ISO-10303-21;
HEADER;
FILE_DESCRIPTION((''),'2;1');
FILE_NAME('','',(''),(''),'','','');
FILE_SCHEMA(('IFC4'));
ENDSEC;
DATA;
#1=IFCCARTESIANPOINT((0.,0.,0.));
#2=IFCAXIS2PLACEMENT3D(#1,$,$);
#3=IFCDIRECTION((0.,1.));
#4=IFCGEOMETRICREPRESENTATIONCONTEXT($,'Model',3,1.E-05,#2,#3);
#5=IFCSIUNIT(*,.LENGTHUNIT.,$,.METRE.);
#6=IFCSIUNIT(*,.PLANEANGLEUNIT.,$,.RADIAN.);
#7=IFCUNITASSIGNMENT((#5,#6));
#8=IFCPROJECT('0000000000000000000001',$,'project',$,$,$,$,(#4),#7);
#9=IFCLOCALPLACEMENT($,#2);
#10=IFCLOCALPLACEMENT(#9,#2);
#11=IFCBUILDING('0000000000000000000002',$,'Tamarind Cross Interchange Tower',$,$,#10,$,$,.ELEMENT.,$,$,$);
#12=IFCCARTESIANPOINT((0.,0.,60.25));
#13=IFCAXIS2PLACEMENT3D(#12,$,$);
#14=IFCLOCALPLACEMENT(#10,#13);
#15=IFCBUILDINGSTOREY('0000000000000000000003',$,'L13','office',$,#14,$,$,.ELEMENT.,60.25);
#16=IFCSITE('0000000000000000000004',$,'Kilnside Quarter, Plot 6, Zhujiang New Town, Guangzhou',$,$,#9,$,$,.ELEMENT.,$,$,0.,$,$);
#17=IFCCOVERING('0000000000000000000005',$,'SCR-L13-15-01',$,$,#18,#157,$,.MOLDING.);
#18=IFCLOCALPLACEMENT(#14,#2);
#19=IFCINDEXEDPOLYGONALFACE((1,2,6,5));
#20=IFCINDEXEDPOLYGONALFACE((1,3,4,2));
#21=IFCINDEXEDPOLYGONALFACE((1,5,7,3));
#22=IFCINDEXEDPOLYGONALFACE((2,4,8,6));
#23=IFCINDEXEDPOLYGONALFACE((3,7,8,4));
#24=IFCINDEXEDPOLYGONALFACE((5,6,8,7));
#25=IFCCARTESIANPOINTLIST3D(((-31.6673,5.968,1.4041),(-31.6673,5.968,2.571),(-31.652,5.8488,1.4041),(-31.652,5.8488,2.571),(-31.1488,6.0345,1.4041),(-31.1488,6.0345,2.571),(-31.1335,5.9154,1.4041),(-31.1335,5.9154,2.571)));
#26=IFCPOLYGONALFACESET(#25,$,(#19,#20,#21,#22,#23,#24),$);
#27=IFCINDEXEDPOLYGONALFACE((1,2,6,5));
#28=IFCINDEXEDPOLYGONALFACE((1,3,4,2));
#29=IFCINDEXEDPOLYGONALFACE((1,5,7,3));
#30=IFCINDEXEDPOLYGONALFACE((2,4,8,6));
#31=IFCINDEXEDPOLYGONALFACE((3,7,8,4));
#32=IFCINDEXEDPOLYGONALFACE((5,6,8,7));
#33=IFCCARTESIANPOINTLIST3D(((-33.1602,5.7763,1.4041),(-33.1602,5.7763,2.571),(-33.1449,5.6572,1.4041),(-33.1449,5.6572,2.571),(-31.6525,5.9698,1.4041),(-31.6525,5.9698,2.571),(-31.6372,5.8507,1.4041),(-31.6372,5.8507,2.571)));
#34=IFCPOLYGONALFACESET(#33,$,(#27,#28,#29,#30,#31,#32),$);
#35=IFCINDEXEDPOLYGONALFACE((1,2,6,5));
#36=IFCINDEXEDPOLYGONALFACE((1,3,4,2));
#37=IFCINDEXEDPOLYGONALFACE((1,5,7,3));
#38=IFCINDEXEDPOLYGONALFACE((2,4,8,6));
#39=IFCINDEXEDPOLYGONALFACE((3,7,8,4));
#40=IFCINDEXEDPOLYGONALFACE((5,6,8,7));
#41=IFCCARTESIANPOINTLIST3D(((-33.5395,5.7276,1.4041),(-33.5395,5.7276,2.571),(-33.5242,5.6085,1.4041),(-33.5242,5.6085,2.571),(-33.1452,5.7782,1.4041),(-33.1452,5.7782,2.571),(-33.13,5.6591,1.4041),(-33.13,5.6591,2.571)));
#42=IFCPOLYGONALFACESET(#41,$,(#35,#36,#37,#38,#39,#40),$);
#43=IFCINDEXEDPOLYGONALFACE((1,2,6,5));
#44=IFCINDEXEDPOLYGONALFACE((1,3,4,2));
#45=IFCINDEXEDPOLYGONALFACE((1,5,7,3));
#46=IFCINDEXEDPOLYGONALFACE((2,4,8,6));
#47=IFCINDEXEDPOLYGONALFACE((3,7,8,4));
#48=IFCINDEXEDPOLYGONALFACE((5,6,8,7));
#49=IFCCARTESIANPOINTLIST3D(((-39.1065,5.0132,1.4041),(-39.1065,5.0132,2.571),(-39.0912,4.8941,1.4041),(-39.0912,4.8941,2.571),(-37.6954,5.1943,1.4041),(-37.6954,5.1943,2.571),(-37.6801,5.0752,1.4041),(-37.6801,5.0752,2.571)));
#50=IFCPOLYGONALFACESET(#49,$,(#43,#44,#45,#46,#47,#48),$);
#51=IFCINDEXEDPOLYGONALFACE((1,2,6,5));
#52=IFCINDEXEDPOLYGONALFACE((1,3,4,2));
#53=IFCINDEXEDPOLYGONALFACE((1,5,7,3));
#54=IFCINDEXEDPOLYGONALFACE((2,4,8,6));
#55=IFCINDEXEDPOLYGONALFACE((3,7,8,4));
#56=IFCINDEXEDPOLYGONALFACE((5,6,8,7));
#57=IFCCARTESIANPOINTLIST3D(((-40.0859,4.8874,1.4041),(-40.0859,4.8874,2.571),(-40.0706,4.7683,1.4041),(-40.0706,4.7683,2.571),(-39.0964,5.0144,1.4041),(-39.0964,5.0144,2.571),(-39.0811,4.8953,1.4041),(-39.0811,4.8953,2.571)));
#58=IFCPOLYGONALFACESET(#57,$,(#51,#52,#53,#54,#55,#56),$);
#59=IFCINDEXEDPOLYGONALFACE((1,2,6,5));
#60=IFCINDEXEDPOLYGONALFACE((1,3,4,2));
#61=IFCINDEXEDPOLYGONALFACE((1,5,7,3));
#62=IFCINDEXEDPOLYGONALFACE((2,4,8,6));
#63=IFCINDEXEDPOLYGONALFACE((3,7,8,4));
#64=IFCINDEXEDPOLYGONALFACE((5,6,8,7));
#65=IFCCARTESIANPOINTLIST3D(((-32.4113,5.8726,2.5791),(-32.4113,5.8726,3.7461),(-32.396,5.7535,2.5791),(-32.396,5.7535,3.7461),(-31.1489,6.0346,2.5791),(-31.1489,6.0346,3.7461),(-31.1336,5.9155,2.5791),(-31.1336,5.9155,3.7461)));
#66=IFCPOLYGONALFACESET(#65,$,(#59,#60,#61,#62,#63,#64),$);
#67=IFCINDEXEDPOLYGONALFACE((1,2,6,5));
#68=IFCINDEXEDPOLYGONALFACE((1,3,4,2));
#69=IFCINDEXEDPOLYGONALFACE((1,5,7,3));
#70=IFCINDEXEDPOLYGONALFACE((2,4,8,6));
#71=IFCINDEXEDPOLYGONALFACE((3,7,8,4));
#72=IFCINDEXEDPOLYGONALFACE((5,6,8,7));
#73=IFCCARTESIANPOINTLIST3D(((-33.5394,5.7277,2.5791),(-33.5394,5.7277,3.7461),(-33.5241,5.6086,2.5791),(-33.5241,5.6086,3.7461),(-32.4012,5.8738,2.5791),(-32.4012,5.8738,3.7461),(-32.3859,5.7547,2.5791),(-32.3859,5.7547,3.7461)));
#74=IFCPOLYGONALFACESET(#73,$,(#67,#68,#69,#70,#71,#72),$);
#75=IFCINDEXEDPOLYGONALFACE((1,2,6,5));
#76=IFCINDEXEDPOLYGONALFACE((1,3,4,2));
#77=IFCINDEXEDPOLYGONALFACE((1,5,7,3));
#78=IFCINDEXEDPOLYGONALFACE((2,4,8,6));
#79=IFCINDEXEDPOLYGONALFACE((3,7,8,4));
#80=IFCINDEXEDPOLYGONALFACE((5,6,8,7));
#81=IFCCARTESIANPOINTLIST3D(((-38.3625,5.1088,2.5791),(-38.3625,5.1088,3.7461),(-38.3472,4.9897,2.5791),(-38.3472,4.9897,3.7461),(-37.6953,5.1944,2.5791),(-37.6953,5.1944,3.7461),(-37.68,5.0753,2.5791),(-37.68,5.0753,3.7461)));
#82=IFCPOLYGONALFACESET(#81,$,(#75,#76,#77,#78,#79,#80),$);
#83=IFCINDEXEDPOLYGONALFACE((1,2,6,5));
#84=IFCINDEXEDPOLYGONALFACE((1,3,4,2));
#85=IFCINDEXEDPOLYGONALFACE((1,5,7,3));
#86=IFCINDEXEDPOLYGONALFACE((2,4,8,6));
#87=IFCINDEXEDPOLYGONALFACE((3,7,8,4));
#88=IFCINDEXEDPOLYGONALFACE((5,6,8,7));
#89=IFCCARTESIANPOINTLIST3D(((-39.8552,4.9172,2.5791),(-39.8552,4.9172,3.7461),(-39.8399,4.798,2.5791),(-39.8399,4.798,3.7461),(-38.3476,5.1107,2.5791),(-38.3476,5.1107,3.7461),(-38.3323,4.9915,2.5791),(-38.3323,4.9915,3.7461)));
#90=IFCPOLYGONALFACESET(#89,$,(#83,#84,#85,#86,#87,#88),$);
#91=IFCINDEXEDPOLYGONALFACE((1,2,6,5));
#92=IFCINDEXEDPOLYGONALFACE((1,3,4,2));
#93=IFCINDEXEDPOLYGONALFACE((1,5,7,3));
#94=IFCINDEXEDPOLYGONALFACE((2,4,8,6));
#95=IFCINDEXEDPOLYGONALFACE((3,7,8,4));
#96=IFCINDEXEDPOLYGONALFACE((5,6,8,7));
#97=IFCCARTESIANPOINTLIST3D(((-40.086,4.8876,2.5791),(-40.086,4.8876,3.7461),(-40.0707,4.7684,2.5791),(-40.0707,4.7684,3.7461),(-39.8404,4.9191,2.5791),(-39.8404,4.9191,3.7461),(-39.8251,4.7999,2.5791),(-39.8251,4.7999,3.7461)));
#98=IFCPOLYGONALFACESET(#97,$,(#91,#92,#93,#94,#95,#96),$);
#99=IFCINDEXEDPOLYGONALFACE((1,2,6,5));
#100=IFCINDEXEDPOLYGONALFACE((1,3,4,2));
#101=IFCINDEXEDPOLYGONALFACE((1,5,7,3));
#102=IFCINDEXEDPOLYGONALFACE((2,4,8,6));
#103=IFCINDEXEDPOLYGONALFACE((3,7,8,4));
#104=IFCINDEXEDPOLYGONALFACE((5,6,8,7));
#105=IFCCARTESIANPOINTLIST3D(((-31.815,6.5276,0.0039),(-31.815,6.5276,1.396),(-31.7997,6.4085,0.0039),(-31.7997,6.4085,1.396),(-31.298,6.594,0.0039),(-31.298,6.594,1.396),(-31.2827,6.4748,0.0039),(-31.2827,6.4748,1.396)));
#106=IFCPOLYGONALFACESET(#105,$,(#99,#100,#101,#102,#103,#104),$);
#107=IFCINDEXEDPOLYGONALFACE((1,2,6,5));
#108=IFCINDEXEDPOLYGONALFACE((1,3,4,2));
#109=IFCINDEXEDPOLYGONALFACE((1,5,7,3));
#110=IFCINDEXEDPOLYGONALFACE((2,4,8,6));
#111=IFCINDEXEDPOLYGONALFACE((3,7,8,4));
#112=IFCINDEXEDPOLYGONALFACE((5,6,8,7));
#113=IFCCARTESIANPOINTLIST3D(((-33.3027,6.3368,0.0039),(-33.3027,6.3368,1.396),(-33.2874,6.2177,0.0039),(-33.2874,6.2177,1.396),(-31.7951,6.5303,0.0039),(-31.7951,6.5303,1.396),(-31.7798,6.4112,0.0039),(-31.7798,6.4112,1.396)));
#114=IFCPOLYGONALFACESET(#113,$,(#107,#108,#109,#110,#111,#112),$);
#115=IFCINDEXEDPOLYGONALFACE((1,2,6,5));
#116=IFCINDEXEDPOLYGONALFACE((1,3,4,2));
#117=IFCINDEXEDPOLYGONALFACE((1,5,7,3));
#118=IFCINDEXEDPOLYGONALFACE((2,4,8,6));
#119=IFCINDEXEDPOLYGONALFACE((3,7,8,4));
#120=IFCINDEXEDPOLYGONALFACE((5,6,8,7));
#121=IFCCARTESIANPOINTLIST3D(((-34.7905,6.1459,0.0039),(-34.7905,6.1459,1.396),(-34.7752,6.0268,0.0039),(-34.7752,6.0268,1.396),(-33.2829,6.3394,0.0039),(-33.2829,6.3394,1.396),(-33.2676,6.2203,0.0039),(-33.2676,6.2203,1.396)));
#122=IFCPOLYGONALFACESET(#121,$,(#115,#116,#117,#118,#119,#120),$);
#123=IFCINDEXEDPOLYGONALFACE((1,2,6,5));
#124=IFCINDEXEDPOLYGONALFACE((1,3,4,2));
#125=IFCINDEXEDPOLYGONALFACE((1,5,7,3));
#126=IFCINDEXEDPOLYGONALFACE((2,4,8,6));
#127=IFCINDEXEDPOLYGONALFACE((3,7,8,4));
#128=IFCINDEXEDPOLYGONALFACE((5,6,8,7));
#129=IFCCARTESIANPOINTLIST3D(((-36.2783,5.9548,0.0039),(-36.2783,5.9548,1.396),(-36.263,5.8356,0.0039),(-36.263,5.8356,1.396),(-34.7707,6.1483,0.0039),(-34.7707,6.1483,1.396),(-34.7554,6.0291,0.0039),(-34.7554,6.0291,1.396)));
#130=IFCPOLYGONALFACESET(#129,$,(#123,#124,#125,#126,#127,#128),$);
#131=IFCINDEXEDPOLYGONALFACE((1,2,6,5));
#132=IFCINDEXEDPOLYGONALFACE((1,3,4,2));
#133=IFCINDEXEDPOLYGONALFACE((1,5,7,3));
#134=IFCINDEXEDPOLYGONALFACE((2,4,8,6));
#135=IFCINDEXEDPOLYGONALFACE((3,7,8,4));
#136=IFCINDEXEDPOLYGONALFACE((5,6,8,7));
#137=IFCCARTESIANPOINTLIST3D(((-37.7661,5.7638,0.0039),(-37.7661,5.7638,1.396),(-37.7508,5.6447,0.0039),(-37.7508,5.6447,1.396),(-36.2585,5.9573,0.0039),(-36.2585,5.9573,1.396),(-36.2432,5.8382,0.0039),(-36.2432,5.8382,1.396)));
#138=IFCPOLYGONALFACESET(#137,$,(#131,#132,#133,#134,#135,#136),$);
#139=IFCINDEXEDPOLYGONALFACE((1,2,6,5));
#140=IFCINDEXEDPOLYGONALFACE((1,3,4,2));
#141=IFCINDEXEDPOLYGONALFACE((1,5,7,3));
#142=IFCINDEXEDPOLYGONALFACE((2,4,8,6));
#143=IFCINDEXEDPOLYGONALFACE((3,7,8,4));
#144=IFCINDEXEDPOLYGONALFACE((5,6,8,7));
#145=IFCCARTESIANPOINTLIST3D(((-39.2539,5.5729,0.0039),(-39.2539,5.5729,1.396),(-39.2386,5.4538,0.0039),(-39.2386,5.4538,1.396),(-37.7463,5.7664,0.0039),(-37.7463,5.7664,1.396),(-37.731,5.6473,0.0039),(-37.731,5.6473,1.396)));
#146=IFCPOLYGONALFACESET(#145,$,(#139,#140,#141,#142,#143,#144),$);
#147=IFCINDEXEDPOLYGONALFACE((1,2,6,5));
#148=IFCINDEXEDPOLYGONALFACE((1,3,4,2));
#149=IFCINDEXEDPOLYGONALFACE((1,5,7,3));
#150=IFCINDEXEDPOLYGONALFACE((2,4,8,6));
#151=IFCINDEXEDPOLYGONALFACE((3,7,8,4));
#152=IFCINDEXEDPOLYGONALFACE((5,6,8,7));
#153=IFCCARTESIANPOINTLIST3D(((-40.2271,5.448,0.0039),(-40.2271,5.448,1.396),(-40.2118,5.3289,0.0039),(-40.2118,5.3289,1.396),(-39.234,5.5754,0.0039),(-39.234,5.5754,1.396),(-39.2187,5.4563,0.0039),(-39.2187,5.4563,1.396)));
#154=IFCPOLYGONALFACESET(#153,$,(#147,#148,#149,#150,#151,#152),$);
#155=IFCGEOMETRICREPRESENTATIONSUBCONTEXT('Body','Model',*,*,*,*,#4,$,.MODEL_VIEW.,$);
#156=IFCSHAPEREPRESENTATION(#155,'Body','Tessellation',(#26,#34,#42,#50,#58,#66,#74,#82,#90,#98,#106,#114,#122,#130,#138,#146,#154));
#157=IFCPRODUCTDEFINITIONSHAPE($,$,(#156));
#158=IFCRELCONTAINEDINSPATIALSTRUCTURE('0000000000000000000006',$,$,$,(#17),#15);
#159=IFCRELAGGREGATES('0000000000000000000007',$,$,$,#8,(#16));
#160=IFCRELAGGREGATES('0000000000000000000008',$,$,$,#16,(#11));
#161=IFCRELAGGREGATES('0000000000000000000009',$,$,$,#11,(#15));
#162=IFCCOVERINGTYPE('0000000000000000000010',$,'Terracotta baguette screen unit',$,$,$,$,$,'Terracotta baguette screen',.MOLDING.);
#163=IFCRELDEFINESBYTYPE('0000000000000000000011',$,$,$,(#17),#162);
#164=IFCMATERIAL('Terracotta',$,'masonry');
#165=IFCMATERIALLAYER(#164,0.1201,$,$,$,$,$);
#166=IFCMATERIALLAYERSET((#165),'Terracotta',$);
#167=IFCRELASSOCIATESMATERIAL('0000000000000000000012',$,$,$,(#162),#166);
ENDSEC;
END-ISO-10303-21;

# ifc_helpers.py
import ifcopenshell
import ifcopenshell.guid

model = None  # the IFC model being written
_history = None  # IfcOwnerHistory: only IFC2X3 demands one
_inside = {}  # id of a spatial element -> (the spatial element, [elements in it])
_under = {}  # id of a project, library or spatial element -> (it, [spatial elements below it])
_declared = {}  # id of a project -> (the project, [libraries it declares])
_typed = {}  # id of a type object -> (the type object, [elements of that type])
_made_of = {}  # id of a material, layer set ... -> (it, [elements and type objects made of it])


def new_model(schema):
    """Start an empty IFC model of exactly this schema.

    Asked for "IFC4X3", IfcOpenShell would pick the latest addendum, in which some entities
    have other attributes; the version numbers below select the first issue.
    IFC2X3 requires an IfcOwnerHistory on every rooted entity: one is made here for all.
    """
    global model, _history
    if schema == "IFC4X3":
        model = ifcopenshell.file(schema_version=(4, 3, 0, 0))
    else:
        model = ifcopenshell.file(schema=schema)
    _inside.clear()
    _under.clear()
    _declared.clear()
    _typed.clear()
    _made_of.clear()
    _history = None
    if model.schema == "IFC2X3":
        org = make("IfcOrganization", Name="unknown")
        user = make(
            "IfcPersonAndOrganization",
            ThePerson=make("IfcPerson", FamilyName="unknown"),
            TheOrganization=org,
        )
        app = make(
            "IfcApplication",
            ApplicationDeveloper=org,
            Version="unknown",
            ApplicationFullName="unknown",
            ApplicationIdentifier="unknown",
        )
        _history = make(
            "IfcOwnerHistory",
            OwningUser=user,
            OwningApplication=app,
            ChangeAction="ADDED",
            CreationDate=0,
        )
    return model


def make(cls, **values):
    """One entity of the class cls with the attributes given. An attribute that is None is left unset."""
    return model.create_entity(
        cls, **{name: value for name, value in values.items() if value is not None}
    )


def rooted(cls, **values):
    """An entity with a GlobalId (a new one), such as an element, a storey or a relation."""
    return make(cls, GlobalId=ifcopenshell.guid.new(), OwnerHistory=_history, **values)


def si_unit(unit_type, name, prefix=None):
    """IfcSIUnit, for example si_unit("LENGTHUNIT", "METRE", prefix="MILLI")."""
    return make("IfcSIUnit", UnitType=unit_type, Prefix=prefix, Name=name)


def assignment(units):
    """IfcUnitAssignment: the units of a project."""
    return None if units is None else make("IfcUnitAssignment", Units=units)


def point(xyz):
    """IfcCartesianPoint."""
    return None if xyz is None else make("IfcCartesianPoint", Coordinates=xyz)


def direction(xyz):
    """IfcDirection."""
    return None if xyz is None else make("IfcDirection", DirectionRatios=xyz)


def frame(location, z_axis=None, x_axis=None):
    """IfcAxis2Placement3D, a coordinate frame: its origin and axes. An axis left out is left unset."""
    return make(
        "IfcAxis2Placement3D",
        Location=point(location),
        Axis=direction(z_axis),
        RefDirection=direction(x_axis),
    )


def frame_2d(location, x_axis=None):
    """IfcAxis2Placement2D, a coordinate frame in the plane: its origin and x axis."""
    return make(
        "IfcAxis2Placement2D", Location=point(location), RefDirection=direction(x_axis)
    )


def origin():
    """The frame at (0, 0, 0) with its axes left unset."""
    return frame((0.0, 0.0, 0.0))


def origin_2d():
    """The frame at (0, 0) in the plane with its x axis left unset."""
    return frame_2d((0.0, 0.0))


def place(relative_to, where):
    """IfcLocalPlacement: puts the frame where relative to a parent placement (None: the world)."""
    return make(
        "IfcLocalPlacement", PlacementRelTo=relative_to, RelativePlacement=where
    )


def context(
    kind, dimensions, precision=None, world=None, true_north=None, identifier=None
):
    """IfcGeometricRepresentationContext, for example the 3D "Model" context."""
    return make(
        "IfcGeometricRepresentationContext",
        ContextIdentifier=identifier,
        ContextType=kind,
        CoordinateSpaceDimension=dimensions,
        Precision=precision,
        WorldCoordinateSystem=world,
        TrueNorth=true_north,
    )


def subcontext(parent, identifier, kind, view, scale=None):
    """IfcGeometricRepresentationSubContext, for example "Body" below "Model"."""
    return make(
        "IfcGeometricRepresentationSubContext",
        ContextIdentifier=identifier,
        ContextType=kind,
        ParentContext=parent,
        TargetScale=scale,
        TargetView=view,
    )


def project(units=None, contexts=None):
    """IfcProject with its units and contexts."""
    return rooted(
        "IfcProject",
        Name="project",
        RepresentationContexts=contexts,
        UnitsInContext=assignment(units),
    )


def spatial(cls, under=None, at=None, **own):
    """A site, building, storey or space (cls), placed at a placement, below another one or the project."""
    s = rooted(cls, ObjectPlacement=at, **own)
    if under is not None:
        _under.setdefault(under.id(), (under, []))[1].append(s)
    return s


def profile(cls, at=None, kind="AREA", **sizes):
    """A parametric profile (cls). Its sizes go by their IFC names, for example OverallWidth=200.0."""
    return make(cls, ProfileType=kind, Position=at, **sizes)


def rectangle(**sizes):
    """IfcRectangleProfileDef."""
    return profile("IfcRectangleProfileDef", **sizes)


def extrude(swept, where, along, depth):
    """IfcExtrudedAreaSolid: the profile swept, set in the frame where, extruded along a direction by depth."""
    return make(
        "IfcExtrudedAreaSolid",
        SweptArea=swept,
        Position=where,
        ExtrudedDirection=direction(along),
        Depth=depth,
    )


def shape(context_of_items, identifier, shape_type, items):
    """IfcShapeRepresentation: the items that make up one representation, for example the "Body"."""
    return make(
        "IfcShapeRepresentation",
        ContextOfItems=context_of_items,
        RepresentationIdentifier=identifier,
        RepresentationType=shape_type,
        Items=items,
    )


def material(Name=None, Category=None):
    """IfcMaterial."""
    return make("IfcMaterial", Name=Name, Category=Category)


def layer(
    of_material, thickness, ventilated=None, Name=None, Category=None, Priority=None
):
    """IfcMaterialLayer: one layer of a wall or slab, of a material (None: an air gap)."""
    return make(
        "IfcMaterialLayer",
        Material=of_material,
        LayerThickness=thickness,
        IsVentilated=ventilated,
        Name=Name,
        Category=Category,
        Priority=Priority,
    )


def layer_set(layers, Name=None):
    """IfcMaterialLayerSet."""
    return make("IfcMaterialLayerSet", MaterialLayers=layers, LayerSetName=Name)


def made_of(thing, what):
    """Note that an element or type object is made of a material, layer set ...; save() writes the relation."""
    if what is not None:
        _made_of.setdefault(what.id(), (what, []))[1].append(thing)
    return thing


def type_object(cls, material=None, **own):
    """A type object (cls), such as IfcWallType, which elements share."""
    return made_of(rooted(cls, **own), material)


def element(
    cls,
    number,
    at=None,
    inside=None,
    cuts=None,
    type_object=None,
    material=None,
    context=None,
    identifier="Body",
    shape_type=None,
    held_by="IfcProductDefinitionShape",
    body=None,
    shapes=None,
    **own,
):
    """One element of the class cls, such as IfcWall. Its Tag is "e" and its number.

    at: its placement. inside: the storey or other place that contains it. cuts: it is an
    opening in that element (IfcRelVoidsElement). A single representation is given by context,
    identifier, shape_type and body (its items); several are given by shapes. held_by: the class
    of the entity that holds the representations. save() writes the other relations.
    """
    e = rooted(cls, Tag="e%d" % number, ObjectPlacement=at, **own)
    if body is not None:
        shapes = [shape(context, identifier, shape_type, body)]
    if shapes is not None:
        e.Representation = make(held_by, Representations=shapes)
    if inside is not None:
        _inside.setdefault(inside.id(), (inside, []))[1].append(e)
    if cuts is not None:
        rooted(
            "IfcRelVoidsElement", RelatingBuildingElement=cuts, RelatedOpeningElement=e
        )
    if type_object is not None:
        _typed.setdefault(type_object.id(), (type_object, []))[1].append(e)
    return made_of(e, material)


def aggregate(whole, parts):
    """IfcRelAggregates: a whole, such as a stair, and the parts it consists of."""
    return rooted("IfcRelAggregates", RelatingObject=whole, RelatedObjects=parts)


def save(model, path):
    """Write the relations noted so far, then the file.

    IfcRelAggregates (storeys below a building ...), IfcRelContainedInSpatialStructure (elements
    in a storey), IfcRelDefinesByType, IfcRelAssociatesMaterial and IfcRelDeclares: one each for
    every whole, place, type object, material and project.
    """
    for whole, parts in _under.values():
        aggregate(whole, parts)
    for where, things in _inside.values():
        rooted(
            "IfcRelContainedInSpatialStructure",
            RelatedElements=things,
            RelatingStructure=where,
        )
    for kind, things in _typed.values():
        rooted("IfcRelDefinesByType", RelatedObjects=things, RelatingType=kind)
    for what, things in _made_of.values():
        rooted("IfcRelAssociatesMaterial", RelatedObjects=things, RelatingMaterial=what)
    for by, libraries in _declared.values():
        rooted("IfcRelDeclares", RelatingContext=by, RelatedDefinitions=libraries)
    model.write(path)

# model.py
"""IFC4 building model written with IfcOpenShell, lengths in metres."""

from ifc_helpers import new_model, si_unit, direction, frame, origin, origin_2d, place, context, subcontext, project, spatial, rectangle, extrude, material, layer, layer_set, type_object, element, save


model = new_model("IFC4")

# Units and contexts
model_context = context("Model", 3, precision=1e-05, world=origin(), true_north=direction((0.0, 1.0)))
body_context = subcontext(model_context, "Body", "Model", "MODEL_VIEW")
ifc_project = project(units=[si_unit("LENGTHUNIT", "METRE"), si_unit("PLANEANGLEUNIT", "RADIAN")], contexts=[model_context])

# Site, building, storey
site_placement = place(None, origin())
site = spatial("IfcSite", under=ifc_project, at=site_placement, Name="Kilnside Quarter, Plot 6, Zhujiang New Town, Guangzhou", CompositionType="ELEMENT", RefElevation=0.0)
building_placement = place(site_placement, origin())
building = spatial("IfcBuilding", under=site, at=building_placement, Name="Tamarind Cross Interchange Tower", CompositionType="ELEMENT")
storey_placement = place(building_placement, frame((0.0, 0.0, 60.25)))
storey = spatial("IfcBuildingStorey", under=building, at=storey_placement, Name="L13", Description="office", CompositionType="ELEMENT", Elevation=60.25)

# Covering
ifc_material_1 = material(Name="Terracotta", Category="masonry")
ifc_layer_1 = layer(ifc_material_1, 0.1201)
ifc_layer_set_1 = layer_set([ifc_layer_1], Name="Terracotta")
covering_type = type_object("IfcCoveringType", Name="Terracotta baguette screen unit", ElementType="Terracotta baguette screen", PredefinedType="MOLDING", material=ifc_layer_set_1)
covering_1_placement = place(storey_placement, origin())
element("IfcCovering", 1, at=covering_1_placement, inside=storey, type_object=covering_type, Name="SCR-L13-15-01", PredefinedType="MOLDING", context=body_context, shape_type="SweptSolid", body=[
    extrude(rectangle(XDim=0.5227, YDim=0.1201, at=origin_2d()), frame((-31.4004, 5.9417, 1.4041), z_axis=(0.0, 0.0, 1.0), x_axis=(-0.991864, -0.1273, 0.0)), (0.0, 0.0, 1.0), 1.167),
    extrude(rectangle(XDim=1.52, YDim=0.1201, at=origin_2d()), frame((-32.3987, 5.8135, 1.4041), z_axis=(0.0, 0.0, 1.0), x_axis=(-0.991864, -0.1273, 0.0)), (0.0, 0.0, 1.0), 1.167),
    extrude(rectangle(XDim=0.3975, YDim=0.1201, at=origin_2d()), frame((-33.3347, 5.6934, 1.4041), z_axis=(0.0, 0.0, 1.0), x_axis=(-0.991864, -0.1273, 0.0)), (0.0, 0.0, 1.0), 1.167),
    extrude(rectangle(XDim=1.4226, YDim=0.1201, at=origin_2d()), frame((-38.3933, 5.0442, 1.4041), z_axis=(0.0, 0.0, 1.0), x_axis=(-0.991864, -0.1273, 0.0)), (0.0, 0.0, 1.0), 1.167),
    extrude(rectangle(XDim=0.9976, YDim=0.1201, at=origin_2d()), frame((-39.5835, 4.8914, 1.4041), z_axis=(0.0, 0.0, 1.0), x_axis=(-0.991864, -0.1273, 0.0)), (0.0, 0.0, 1.0), 1.167),
    extrude(rectangle(XDim=1.2727, YDim=0.1201, at=origin_2d()), frame((-31.7725, 5.894, 2.5791), z_axis=(0.0, 0.0, 1.0), x_axis=(-0.991864, -0.1273, 0.0)), (0.0, 0.0, 1.0), 1.167),
    extrude(rectangle(XDim=1.1475, YDim=0.1201, at=origin_2d()), frame((-32.9626, 5.7412, 2.5791), z_axis=(0.0, 0.0, 1.0), x_axis=(-0.991864, -0.1273, 0.0)), (0.0, 0.0, 1.0), 1.167),
    extrude(rectangle(XDim=0.6726, YDim=0.1201, at=origin_2d()), frame((-38.0212, 5.092, 2.5791), z_axis=(0.0, 0.0, 1.0), x_axis=(-0.991864, -0.1273, 0.0)), (0.0, 0.0, 1.0), 1.167),
    extrude(rectangle(XDim=1.52, YDim=0.1201, at=origin_2d()), frame((-39.0938, 4.9543, 2.5791), z_axis=(0.0, 0.0, 1.0), x_axis=(-0.991864, -0.1273, 0.0)), (0.0, 0.0, 1.0), 1.167),
    extrude(rectangle(XDim=0.2476, YDim=0.1201, at=origin_2d()), frame((-39.9556, 4.8438, 2.5791), z_axis=(0.0, 0.0, 1.0), x_axis=(-0.991864, -0.1273, 0.0)), (0.0, 0.0, 1.0), 1.167),
    extrude(rectangle(XDim=0.5212, YDim=0.1201, at=origin_2d()), frame((-31.5488, 6.5012, 0.0039), z_axis=(0.0, 0.0, 1.0), x_axis=(-0.991864, -0.1273, 0.0)), (0.0, 0.0, 1.0), 1.3921),
    extrude(rectangle(XDim=1.52, YDim=0.1201, at=origin_2d()), frame((-32.5413, 6.374, 0.0039), z_axis=(0.0, 0.0, 1.0), x_axis=(-0.991864, -0.1273, 0.0)), (0.0, 0.0, 1.0), 1.3921),
    extrude(rectangle(XDim=1.52, YDim=0.1201, at=origin_2d()), frame((-34.0291, 6.1831, 0.0039), z_axis=(0.0, 0.0, 1.0), x_axis=(-0.991864, -0.1273, 0.0)), (0.0, 0.0, 1.0), 1.3921),
    extrude(rectangle(XDim=1.52, YDim=0.1201, at=origin_2d()), frame((-35.5168, 5.9919, 0.0039), z_axis=(0.0, 0.0, 1.0), x_axis=(-0.991864, -0.1273, 0.0)), (0.0, 0.0, 1.0), 1.3921),
    extrude(rectangle(XDim=1.52, YDim=0.1201, at=origin_2d()), frame((-37.0046, 5.801, 0.0039), z_axis=(0.0, 0.0, 1.0), x_axis=(-0.991864, -0.1273, 0.0)), (0.0, 0.0, 1.0), 1.3921),
    extrude(rectangle(XDim=1.52, YDim=0.1201, at=origin_2d()), frame((-38.4924, 5.6101, 0.0039), z_axis=(0.0, 0.0, 1.0), x_axis=(-0.991864, -0.1273, 0.0)), (0.0, 0.0, 1.0), 1.3921),
    extrude(rectangle(XDim=1.0012, YDim=0.1201, at=origin_2d()), frame((-39.7229, 5.4521, 0.0039), z_axis=(0.0, 0.0, 1.0), x_axis=(-0.991864, -0.1273, 0.0)), (0.0, 0.0, 1.0), 1.3921),
])

save(model, "model.ifc")
